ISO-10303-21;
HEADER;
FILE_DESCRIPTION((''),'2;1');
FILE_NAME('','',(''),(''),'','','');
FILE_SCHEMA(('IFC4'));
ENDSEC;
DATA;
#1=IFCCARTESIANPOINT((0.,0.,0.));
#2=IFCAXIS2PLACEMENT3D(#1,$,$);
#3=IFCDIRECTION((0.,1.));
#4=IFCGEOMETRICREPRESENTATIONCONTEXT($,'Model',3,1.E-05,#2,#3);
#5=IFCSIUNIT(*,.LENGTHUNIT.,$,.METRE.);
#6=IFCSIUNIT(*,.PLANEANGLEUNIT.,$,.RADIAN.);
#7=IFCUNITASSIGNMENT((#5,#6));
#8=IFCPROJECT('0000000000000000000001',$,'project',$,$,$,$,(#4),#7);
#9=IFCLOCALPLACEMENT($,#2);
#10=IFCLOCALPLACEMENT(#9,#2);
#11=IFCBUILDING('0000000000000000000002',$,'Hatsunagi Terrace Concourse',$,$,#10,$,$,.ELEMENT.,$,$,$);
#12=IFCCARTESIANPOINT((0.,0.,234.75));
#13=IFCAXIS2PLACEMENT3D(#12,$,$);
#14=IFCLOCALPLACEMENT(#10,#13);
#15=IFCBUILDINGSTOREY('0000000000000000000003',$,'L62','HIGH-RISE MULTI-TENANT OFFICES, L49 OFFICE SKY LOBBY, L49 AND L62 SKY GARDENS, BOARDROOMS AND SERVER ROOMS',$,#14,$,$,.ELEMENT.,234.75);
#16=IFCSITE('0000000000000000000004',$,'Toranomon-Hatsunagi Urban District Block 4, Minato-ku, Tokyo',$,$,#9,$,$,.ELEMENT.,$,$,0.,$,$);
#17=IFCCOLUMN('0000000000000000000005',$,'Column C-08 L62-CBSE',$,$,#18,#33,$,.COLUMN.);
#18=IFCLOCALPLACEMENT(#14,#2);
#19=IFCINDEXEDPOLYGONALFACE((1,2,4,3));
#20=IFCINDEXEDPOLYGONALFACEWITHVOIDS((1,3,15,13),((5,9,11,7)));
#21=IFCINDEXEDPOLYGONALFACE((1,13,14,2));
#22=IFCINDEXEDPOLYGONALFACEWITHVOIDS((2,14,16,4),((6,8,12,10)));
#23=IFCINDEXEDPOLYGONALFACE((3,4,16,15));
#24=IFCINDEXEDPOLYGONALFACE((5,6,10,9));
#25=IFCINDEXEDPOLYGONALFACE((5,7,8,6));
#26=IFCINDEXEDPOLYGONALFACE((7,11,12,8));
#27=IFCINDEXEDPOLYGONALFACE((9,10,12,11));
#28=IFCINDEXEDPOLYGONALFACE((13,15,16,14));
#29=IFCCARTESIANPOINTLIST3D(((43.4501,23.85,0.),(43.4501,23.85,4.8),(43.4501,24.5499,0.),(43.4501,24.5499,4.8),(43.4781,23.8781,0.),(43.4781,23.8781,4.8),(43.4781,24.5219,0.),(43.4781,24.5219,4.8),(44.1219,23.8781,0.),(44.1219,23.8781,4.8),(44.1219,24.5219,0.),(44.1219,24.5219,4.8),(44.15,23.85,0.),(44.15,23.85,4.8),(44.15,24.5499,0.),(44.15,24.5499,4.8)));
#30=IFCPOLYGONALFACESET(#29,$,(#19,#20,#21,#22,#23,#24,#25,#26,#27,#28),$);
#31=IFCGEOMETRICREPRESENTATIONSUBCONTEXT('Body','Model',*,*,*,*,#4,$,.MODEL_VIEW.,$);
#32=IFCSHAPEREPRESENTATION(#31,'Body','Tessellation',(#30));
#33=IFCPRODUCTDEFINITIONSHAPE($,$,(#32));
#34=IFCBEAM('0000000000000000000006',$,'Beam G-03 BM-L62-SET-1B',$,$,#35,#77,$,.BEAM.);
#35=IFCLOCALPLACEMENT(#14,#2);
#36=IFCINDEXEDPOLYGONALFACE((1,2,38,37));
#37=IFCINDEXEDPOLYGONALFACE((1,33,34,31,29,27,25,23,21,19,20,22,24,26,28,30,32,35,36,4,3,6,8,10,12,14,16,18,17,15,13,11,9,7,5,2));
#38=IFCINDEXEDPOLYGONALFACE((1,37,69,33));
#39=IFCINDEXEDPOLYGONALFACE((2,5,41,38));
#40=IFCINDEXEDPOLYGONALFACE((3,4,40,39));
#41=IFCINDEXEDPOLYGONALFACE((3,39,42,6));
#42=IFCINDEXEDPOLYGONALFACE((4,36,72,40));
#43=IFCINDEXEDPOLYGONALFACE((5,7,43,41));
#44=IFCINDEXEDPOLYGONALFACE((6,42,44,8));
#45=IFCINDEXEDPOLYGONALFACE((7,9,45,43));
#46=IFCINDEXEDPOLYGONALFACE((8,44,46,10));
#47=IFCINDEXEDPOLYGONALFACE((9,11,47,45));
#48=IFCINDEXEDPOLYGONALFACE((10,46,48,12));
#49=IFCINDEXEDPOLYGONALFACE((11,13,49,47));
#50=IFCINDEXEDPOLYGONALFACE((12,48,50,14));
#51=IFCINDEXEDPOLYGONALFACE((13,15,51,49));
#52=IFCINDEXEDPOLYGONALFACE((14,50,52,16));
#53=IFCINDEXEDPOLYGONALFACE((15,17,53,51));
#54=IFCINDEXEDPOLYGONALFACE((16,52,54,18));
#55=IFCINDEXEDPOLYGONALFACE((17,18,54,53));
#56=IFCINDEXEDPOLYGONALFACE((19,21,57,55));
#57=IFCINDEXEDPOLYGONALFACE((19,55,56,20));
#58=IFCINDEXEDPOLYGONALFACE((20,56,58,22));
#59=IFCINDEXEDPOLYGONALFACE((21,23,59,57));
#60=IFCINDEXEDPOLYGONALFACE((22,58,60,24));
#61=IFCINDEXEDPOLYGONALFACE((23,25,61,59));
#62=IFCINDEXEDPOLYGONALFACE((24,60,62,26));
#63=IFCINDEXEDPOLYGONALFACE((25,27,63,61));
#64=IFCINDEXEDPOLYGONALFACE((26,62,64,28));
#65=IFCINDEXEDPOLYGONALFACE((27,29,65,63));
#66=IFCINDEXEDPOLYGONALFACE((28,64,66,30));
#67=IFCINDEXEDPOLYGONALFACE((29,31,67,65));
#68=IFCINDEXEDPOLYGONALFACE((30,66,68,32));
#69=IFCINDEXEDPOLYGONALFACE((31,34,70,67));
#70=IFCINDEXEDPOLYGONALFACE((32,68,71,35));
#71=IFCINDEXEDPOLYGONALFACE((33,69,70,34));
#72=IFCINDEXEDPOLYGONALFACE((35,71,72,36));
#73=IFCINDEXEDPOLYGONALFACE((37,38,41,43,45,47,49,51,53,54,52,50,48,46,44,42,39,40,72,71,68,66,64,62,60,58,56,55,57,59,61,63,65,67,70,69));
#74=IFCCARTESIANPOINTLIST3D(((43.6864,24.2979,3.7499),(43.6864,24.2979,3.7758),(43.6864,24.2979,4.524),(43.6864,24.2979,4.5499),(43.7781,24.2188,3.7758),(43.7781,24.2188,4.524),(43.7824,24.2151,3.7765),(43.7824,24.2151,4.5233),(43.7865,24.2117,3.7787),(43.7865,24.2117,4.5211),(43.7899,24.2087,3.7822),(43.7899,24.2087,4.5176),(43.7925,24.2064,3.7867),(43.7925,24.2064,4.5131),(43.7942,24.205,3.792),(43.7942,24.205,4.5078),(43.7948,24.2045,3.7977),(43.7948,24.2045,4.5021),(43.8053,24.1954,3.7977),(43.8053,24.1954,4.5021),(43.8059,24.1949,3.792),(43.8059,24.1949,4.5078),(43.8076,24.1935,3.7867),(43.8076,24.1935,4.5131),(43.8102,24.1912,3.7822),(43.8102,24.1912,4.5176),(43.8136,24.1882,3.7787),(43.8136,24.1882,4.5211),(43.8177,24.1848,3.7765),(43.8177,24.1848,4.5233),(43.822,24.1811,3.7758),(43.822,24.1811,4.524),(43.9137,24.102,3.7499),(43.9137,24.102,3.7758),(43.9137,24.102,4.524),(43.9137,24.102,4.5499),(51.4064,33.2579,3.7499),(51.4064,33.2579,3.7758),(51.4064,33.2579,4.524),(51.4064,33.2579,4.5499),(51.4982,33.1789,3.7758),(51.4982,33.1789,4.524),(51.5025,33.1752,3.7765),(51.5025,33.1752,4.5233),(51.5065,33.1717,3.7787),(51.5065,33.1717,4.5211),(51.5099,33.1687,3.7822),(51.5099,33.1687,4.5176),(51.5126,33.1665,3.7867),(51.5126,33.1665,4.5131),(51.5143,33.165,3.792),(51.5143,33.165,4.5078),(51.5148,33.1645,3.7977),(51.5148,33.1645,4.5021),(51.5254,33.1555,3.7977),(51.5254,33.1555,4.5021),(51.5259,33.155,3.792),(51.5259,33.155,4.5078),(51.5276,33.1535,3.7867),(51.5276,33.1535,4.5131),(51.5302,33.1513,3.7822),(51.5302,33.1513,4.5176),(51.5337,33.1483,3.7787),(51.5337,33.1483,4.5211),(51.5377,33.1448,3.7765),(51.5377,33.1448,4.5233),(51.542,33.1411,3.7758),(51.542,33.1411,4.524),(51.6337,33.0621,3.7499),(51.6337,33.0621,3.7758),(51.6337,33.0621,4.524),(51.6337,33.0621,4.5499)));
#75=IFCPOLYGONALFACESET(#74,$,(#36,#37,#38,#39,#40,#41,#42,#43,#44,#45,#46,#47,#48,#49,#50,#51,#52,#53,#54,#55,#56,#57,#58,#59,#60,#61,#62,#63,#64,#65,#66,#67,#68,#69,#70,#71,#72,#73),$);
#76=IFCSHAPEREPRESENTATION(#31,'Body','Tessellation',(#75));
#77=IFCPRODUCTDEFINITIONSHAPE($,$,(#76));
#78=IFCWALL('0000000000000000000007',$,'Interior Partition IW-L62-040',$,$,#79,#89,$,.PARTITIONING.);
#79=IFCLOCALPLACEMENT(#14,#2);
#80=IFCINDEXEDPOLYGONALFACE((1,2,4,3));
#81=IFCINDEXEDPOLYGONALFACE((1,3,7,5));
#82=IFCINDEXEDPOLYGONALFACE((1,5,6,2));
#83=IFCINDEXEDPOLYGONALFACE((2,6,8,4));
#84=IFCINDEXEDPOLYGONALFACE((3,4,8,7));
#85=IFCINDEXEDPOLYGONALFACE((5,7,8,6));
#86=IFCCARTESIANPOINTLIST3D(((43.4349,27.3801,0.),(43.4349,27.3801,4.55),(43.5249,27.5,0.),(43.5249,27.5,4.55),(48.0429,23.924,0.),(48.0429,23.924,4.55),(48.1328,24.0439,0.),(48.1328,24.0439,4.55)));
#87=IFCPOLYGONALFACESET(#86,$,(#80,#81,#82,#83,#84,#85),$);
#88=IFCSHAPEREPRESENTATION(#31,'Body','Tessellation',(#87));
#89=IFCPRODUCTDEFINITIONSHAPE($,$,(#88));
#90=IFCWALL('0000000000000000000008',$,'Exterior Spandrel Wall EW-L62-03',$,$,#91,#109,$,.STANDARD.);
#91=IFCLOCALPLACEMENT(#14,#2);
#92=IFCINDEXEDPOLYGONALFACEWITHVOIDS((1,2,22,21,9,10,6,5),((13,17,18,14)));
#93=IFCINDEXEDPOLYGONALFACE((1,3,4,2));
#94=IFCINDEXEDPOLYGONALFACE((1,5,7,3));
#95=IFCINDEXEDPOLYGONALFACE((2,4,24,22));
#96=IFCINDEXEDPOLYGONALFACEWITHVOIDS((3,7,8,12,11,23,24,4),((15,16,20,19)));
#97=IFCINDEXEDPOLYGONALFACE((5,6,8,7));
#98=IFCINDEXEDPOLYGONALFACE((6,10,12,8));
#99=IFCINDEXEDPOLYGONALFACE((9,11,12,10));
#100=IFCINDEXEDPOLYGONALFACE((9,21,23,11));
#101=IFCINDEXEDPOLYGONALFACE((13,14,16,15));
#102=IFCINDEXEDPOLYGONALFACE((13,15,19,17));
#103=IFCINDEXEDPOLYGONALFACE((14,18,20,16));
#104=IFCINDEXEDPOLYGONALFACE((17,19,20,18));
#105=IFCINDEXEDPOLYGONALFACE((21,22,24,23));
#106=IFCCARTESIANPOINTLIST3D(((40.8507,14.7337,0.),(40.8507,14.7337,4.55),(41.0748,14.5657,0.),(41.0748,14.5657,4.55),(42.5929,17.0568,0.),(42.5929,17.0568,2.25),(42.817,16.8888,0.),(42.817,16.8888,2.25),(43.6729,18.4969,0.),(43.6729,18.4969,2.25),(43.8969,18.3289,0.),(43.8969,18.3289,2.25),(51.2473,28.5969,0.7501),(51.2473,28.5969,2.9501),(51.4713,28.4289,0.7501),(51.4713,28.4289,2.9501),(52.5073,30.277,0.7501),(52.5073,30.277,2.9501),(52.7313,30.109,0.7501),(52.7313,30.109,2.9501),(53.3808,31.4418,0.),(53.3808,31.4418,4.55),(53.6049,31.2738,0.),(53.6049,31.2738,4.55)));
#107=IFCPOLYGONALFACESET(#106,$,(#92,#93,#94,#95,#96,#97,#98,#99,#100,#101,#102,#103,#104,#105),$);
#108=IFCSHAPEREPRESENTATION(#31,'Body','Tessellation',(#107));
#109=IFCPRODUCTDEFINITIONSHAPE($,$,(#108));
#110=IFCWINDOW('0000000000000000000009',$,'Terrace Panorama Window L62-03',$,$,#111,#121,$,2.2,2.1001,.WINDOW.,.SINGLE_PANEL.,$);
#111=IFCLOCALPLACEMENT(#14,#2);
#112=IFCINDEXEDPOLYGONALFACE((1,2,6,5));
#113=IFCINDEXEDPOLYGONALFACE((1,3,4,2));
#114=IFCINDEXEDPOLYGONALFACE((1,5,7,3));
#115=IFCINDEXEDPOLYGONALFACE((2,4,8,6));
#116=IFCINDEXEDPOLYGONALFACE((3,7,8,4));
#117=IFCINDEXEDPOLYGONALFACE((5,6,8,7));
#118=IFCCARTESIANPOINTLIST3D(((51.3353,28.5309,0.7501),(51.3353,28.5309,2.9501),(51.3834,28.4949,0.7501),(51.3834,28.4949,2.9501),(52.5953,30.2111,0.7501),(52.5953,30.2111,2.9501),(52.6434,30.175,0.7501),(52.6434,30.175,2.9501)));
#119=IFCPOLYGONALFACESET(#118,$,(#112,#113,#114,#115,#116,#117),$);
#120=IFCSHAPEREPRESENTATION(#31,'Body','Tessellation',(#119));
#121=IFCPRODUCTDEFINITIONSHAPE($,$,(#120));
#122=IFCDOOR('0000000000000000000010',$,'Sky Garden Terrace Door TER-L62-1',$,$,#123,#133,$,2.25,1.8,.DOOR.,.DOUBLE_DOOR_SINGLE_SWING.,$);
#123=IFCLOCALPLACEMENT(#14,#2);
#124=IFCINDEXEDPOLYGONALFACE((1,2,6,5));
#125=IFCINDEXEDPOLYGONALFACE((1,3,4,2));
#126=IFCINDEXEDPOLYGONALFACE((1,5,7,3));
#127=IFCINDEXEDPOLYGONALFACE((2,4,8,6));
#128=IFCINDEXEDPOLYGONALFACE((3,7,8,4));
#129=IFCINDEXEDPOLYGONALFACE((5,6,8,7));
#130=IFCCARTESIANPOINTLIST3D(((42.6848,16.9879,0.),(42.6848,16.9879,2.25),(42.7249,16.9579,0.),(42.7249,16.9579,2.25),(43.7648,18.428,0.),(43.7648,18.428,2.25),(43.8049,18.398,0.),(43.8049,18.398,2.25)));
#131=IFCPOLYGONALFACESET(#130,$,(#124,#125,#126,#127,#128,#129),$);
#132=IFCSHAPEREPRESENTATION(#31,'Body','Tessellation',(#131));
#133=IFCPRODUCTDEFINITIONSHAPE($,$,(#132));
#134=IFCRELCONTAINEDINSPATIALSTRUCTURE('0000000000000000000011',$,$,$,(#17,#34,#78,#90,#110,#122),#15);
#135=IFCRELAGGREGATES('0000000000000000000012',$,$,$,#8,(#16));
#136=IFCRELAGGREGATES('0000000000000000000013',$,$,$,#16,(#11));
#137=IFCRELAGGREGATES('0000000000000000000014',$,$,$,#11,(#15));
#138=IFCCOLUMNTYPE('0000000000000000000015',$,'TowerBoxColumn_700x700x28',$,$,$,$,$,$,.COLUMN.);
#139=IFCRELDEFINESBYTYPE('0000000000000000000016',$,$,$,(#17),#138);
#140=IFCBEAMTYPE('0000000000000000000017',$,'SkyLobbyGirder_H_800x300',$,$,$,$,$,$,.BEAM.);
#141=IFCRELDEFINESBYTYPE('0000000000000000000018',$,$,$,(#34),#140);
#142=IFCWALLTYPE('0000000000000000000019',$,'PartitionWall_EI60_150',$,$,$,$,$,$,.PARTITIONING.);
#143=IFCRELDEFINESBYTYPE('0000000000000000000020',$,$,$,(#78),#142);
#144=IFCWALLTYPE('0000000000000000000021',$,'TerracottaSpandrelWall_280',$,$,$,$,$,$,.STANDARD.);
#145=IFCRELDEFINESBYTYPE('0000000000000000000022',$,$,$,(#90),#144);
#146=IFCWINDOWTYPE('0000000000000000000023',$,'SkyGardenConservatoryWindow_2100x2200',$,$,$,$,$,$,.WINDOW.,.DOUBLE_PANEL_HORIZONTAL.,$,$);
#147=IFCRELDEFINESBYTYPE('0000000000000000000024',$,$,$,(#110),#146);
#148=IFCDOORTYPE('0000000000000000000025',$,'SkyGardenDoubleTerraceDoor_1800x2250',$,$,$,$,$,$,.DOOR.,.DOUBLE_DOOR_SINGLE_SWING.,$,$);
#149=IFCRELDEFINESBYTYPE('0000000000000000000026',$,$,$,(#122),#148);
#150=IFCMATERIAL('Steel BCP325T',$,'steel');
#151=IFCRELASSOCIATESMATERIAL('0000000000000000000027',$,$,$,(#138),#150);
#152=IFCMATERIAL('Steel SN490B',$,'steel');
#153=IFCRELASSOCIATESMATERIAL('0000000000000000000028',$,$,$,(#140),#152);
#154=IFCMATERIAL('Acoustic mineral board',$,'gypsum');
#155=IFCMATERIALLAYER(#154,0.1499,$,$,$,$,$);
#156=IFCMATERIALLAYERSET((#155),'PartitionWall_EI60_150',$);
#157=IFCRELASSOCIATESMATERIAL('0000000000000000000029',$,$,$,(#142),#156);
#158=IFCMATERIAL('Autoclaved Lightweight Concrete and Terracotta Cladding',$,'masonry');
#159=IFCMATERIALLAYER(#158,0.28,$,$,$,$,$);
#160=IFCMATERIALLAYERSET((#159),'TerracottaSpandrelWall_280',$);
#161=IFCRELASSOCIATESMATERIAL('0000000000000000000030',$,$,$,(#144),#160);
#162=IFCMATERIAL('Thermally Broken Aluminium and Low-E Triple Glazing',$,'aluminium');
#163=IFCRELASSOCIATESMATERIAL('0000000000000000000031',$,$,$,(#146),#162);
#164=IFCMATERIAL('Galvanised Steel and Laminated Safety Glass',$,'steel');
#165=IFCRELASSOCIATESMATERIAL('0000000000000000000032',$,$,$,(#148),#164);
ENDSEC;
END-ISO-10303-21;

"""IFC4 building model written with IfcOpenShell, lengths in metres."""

from ifc_helpers import new_model, si_unit, direction, frame, frame_2d, origin, origin_2d, place, context, subcontext, project, spatial, rectangle, hollow_rectangle, i_section, extrude, material, layer, layer_set, material_profile, profile_set, type_object, element, fill, save


model = new_model("IFC4")

# Units and contexts
model_context = context("Model", 3, precision=1e-05, world=origin(), true_north=direction((0.0, 1.0)))
body_context = subcontext(model_context, "Body", "Model", "MODEL_VIEW")
ifc_project = project(units=[si_unit("LENGTHUNIT", "METRE"), si_unit("PLANEANGLEUNIT", "RADIAN")], contexts=[model_context])

# Site, building, storey
site_placement = place(None, origin())
site = spatial("IfcSite", under=ifc_project, at=site_placement, Name="Toranomon-Hatsunagi Urban District Block 4, Minato-ku, Tokyo", CompositionType="ELEMENT", RefElevation=0.0)
building_placement = place(site_placement, origin())
building = spatial("IfcBuilding", under=site, at=building_placement, Name="Hatsunagi Terrace Concourse", CompositionType="ELEMENT")
storey_placement = place(building_placement, frame((0.0, 0.0, 234.75)))
storey = spatial("IfcBuildingStorey", under=building, at=storey_placement, Name="L62", Description="HIGH-RISE MULTI-TENANT OFFICES, L49 OFFICE SKY LOBBY, L49 AND L62 SKY GARDENS, BOARDROOMS AND SERVER ROOMS", CompositionType="ELEMENT", Elevation=234.75)

# Column
ifc_material_1 = material(Name="Steel BCP325T", Category="steel")
ifc_material_profile_1 = material_profile(ifc_material_1, hollow_rectangle(XDim=0.7, YDim=0.7, WallThickness=0.0281, at=origin_2d()), Name="BCP-700x700x28")
ifc_profile_set_1 = profile_set([ifc_material_profile_1], Name="Steel BCP325T")
column_type = type_object("IfcColumnType", Name="TowerBoxColumn_700x700x28", PredefinedType="COLUMN", material=ifc_profile_set_1)
column_placement = place(storey_placement, frame((43.8, 24.2, 0.0), z_axis=(0.0, 0.0, 1.0), x_axis=(1.0, 0.0, 0.0)))
element("IfcColumn", 1, at=column_placement, inside=storey, type_object=column_type, Name="Column C-08 L62-CBSE", PredefinedType="COLUMN", context=body_context, shape_type="SweptSolid", body=[
    extrude(hollow_rectangle(XDim=0.7, YDim=0.7, WallThickness=0.0281, at=origin_2d()), origin(), (0.0, 0.0, 1.0), 4.8),
])

# Beam
ifc_material_2 = material(Name="Steel SN490B", Category="steel")
ifc_material_profile_2 = material_profile(ifc_material_2, i_section(OverallWidth=0.3, OverallDepth=0.8, WebThickness=0.0139, FlangeThickness=0.0259, FilletRadius=0.022, at=origin_2d()), Name="H-800x300x14x26")
ifc_profile_set_2 = profile_set([ifc_material_profile_2], Name="Steel SN490B")
beam_type = type_object("IfcBeamType", Name="SkyLobbyGirder_H_800x300", PredefinedType="BEAM", material=ifc_profile_set_2)
beam_placement = place(storey_placement, frame((43.8, 24.2, 4.1499), z_axis=(0.652739, 0.757583, 0.0), x_axis=(-0.757583, 0.652739, 0.0)))
element("IfcBeam", 2, at=beam_placement, inside=storey, type_object=beam_type, Name="Beam G-03 BM-L62-SET-1B", PredefinedType="BEAM", context=body_context, shape_type="SweptSolid", body=[
    extrude(i_section(OverallWidth=0.3, OverallDepth=0.8, WebThickness=0.0139, FlangeThickness=0.0259, FilletRadius=0.022, at=origin_2d()), origin(), (0.0, 0.0, 1.0), 11.8271),
])

# Wall
ifc_material_3 = material(Name="Acoustic mineral board", Category="gypsum")
ifc_layer_1 = layer(ifc_material_3, 0.1499)
ifc_layer_set_1 = layer_set([ifc_layer_1], Name="PartitionWall_EI60_150")
wall_type_1 = type_object("IfcWallType", Name="PartitionWall_EI60_150", PredefinedType="PARTITIONING", material=ifc_layer_set_1)
wall_1_placement = place(storey_placement, frame((43.48, 27.4399, 0.0), z_axis=(0.0, 0.0, 1.0), x_axis=(0.79999, -0.600014, 0.0)))
element("IfcWall", 3, at=wall_1_placement, inside=storey, type_object=wall_type_1, Name="Interior Partition IW-L62-040", PredefinedType="PARTITIONING", context=body_context, shape_type="SweptSolid", body=[
    extrude(rectangle(XDim=5.76, YDim=0.1499, at=frame_2d((2.8799, 0.0))), origin(), (0.0, 0.0, 1.0), 4.55),
])

# Wall, openings, window, door
ifc_material_4 = material(Name="Autoclaved Lightweight Concrete and Terracotta Cladding", Category="masonry")
ifc_layer_2 = layer(ifc_material_4, 0.28)
ifc_layer_set_2 = layer_set([ifc_layer_2], Name="TerracottaSpandrelWall_280")
wall_type_2 = type_object("IfcWallType", Name="TerracottaSpandrelWall_280", PredefinedType="STANDARD", material=ifc_layer_set_2)
wall_2_placement = place(storey_placement, frame((53.4929, 31.3579, 0.0), z_axis=(0.0, 0.0, 1.0), x_axis=(-0.59997, -0.800022, 0.0)))
wall_2 = element("IfcWall", 4, at=wall_2_placement, inside=storey, type_object=wall_type_2, Name="Exterior Spandrel Wall EW-L62-03", PredefinedType="STANDARD", context=body_context, shape_type="SweptSolid", body=[
    extrude(rectangle(XDim=20.8845, YDim=0.28, at=frame_2d((10.4424, 0.0))), origin(), (0.0, 0.0, 1.0), 4.55),
])
opening_1_placement = place(wall_2_placement, frame((16.1809, 0.0, 0.0)))
opening_1 = element("IfcOpeningElement", 5, at=opening_1_placement, cuts=wall_2, PredefinedType="OPENING", context=body_context, shape_type="SweptSolid", body=[
    extrude(rectangle(XDim=1.8, YDim=2.25, at=frame_2d((0.8999, 1.125))), frame((0.0, 0.1499, 0.0), z_axis=(0.0, -1.0, 0.0), x_axis=(1.0, 0.0, 0.0)), (0.0, 0.0, 1.0), 0.3),
])
opening_2_placement = place(wall_2_placement, frame((1.4561, 0.0, 0.75)))
opening_2 = element("IfcOpeningElement", 6, at=opening_2_placement, cuts=wall_2, PredefinedType="OPENING", context=body_context, shape_type="SweptSolid", body=[
    extrude(rectangle(XDim=2.1001, YDim=2.2, at=frame_2d((1.05, 1.1001))), frame((0.0, 0.1499, 0.0), z_axis=(0.0, -1.0, 0.0), x_axis=(1.0, 0.0, 0.0)), (0.0, 0.0, 1.0), 0.3),
])
ifc_material_5 = material(Name="Thermally Broken Aluminium and Low-E Triple Glazing", Category="aluminium")
window_type = type_object("IfcWindowType", Name="SkyGardenConservatoryWindow_2100x2200", PartitioningType="DOUBLE_PANEL_HORIZONTAL", PredefinedType="WINDOW", material=ifc_material_5)
window_placement = place(opening_2_placement, origin())
window = element("IfcWindow", 7, at=window_placement, inside=storey, type_object=window_type, Name="Terrace Panorama Window L62-03", OverallHeight=2.2, OverallWidth=2.1001, PartitioningType="SINGLE_PANEL", PredefinedType="WINDOW", context=body_context, shape_type="SweptSolid", body=[
    extrude(rectangle(XDim=2.1001, YDim=2.2, at=frame_2d((1.05, 1.1001))), frame((0.0, 0.03, 0.0), z_axis=(0.0, -1.0, 0.0), x_axis=(1.0, 0.0, 0.0)), (0.0, 0.0, 1.0), 0.0601),
])
fill(opening_2, window)
ifc_material_6 = material(Name="Galvanised Steel and Laminated Safety Glass", Category="steel")
door_type = type_object("IfcDoorType", Name="SkyGardenDoubleTerraceDoor_1800x2250", OperationType="DOUBLE_DOOR_SINGLE_SWING", PredefinedType="DOOR", material=ifc_material_6)
door_placement = place(opening_1_placement, origin())
door = element("IfcDoor", 8, at=door_placement, inside=storey, type_object=door_type, Name="Sky Garden Terrace Door TER-L62-1", OperationType="DOUBLE_DOOR_SINGLE_SWING", OverallHeight=2.25, OverallWidth=1.8, PredefinedType="DOOR", context=body_context, shape_type="SweptSolid", body=[
    extrude(rectangle(XDim=1.8, YDim=2.25, at=frame_2d((0.8999, 1.125))), frame((0.0, 0.0249, 0.0), z_axis=(0.0, -1.0, 0.0), x_axis=(1.0, 0.0, 0.0)), (0.0, 0.0, 1.0), 0.05),
])
fill(opening_1, door)

save(model, "model.ifc")
